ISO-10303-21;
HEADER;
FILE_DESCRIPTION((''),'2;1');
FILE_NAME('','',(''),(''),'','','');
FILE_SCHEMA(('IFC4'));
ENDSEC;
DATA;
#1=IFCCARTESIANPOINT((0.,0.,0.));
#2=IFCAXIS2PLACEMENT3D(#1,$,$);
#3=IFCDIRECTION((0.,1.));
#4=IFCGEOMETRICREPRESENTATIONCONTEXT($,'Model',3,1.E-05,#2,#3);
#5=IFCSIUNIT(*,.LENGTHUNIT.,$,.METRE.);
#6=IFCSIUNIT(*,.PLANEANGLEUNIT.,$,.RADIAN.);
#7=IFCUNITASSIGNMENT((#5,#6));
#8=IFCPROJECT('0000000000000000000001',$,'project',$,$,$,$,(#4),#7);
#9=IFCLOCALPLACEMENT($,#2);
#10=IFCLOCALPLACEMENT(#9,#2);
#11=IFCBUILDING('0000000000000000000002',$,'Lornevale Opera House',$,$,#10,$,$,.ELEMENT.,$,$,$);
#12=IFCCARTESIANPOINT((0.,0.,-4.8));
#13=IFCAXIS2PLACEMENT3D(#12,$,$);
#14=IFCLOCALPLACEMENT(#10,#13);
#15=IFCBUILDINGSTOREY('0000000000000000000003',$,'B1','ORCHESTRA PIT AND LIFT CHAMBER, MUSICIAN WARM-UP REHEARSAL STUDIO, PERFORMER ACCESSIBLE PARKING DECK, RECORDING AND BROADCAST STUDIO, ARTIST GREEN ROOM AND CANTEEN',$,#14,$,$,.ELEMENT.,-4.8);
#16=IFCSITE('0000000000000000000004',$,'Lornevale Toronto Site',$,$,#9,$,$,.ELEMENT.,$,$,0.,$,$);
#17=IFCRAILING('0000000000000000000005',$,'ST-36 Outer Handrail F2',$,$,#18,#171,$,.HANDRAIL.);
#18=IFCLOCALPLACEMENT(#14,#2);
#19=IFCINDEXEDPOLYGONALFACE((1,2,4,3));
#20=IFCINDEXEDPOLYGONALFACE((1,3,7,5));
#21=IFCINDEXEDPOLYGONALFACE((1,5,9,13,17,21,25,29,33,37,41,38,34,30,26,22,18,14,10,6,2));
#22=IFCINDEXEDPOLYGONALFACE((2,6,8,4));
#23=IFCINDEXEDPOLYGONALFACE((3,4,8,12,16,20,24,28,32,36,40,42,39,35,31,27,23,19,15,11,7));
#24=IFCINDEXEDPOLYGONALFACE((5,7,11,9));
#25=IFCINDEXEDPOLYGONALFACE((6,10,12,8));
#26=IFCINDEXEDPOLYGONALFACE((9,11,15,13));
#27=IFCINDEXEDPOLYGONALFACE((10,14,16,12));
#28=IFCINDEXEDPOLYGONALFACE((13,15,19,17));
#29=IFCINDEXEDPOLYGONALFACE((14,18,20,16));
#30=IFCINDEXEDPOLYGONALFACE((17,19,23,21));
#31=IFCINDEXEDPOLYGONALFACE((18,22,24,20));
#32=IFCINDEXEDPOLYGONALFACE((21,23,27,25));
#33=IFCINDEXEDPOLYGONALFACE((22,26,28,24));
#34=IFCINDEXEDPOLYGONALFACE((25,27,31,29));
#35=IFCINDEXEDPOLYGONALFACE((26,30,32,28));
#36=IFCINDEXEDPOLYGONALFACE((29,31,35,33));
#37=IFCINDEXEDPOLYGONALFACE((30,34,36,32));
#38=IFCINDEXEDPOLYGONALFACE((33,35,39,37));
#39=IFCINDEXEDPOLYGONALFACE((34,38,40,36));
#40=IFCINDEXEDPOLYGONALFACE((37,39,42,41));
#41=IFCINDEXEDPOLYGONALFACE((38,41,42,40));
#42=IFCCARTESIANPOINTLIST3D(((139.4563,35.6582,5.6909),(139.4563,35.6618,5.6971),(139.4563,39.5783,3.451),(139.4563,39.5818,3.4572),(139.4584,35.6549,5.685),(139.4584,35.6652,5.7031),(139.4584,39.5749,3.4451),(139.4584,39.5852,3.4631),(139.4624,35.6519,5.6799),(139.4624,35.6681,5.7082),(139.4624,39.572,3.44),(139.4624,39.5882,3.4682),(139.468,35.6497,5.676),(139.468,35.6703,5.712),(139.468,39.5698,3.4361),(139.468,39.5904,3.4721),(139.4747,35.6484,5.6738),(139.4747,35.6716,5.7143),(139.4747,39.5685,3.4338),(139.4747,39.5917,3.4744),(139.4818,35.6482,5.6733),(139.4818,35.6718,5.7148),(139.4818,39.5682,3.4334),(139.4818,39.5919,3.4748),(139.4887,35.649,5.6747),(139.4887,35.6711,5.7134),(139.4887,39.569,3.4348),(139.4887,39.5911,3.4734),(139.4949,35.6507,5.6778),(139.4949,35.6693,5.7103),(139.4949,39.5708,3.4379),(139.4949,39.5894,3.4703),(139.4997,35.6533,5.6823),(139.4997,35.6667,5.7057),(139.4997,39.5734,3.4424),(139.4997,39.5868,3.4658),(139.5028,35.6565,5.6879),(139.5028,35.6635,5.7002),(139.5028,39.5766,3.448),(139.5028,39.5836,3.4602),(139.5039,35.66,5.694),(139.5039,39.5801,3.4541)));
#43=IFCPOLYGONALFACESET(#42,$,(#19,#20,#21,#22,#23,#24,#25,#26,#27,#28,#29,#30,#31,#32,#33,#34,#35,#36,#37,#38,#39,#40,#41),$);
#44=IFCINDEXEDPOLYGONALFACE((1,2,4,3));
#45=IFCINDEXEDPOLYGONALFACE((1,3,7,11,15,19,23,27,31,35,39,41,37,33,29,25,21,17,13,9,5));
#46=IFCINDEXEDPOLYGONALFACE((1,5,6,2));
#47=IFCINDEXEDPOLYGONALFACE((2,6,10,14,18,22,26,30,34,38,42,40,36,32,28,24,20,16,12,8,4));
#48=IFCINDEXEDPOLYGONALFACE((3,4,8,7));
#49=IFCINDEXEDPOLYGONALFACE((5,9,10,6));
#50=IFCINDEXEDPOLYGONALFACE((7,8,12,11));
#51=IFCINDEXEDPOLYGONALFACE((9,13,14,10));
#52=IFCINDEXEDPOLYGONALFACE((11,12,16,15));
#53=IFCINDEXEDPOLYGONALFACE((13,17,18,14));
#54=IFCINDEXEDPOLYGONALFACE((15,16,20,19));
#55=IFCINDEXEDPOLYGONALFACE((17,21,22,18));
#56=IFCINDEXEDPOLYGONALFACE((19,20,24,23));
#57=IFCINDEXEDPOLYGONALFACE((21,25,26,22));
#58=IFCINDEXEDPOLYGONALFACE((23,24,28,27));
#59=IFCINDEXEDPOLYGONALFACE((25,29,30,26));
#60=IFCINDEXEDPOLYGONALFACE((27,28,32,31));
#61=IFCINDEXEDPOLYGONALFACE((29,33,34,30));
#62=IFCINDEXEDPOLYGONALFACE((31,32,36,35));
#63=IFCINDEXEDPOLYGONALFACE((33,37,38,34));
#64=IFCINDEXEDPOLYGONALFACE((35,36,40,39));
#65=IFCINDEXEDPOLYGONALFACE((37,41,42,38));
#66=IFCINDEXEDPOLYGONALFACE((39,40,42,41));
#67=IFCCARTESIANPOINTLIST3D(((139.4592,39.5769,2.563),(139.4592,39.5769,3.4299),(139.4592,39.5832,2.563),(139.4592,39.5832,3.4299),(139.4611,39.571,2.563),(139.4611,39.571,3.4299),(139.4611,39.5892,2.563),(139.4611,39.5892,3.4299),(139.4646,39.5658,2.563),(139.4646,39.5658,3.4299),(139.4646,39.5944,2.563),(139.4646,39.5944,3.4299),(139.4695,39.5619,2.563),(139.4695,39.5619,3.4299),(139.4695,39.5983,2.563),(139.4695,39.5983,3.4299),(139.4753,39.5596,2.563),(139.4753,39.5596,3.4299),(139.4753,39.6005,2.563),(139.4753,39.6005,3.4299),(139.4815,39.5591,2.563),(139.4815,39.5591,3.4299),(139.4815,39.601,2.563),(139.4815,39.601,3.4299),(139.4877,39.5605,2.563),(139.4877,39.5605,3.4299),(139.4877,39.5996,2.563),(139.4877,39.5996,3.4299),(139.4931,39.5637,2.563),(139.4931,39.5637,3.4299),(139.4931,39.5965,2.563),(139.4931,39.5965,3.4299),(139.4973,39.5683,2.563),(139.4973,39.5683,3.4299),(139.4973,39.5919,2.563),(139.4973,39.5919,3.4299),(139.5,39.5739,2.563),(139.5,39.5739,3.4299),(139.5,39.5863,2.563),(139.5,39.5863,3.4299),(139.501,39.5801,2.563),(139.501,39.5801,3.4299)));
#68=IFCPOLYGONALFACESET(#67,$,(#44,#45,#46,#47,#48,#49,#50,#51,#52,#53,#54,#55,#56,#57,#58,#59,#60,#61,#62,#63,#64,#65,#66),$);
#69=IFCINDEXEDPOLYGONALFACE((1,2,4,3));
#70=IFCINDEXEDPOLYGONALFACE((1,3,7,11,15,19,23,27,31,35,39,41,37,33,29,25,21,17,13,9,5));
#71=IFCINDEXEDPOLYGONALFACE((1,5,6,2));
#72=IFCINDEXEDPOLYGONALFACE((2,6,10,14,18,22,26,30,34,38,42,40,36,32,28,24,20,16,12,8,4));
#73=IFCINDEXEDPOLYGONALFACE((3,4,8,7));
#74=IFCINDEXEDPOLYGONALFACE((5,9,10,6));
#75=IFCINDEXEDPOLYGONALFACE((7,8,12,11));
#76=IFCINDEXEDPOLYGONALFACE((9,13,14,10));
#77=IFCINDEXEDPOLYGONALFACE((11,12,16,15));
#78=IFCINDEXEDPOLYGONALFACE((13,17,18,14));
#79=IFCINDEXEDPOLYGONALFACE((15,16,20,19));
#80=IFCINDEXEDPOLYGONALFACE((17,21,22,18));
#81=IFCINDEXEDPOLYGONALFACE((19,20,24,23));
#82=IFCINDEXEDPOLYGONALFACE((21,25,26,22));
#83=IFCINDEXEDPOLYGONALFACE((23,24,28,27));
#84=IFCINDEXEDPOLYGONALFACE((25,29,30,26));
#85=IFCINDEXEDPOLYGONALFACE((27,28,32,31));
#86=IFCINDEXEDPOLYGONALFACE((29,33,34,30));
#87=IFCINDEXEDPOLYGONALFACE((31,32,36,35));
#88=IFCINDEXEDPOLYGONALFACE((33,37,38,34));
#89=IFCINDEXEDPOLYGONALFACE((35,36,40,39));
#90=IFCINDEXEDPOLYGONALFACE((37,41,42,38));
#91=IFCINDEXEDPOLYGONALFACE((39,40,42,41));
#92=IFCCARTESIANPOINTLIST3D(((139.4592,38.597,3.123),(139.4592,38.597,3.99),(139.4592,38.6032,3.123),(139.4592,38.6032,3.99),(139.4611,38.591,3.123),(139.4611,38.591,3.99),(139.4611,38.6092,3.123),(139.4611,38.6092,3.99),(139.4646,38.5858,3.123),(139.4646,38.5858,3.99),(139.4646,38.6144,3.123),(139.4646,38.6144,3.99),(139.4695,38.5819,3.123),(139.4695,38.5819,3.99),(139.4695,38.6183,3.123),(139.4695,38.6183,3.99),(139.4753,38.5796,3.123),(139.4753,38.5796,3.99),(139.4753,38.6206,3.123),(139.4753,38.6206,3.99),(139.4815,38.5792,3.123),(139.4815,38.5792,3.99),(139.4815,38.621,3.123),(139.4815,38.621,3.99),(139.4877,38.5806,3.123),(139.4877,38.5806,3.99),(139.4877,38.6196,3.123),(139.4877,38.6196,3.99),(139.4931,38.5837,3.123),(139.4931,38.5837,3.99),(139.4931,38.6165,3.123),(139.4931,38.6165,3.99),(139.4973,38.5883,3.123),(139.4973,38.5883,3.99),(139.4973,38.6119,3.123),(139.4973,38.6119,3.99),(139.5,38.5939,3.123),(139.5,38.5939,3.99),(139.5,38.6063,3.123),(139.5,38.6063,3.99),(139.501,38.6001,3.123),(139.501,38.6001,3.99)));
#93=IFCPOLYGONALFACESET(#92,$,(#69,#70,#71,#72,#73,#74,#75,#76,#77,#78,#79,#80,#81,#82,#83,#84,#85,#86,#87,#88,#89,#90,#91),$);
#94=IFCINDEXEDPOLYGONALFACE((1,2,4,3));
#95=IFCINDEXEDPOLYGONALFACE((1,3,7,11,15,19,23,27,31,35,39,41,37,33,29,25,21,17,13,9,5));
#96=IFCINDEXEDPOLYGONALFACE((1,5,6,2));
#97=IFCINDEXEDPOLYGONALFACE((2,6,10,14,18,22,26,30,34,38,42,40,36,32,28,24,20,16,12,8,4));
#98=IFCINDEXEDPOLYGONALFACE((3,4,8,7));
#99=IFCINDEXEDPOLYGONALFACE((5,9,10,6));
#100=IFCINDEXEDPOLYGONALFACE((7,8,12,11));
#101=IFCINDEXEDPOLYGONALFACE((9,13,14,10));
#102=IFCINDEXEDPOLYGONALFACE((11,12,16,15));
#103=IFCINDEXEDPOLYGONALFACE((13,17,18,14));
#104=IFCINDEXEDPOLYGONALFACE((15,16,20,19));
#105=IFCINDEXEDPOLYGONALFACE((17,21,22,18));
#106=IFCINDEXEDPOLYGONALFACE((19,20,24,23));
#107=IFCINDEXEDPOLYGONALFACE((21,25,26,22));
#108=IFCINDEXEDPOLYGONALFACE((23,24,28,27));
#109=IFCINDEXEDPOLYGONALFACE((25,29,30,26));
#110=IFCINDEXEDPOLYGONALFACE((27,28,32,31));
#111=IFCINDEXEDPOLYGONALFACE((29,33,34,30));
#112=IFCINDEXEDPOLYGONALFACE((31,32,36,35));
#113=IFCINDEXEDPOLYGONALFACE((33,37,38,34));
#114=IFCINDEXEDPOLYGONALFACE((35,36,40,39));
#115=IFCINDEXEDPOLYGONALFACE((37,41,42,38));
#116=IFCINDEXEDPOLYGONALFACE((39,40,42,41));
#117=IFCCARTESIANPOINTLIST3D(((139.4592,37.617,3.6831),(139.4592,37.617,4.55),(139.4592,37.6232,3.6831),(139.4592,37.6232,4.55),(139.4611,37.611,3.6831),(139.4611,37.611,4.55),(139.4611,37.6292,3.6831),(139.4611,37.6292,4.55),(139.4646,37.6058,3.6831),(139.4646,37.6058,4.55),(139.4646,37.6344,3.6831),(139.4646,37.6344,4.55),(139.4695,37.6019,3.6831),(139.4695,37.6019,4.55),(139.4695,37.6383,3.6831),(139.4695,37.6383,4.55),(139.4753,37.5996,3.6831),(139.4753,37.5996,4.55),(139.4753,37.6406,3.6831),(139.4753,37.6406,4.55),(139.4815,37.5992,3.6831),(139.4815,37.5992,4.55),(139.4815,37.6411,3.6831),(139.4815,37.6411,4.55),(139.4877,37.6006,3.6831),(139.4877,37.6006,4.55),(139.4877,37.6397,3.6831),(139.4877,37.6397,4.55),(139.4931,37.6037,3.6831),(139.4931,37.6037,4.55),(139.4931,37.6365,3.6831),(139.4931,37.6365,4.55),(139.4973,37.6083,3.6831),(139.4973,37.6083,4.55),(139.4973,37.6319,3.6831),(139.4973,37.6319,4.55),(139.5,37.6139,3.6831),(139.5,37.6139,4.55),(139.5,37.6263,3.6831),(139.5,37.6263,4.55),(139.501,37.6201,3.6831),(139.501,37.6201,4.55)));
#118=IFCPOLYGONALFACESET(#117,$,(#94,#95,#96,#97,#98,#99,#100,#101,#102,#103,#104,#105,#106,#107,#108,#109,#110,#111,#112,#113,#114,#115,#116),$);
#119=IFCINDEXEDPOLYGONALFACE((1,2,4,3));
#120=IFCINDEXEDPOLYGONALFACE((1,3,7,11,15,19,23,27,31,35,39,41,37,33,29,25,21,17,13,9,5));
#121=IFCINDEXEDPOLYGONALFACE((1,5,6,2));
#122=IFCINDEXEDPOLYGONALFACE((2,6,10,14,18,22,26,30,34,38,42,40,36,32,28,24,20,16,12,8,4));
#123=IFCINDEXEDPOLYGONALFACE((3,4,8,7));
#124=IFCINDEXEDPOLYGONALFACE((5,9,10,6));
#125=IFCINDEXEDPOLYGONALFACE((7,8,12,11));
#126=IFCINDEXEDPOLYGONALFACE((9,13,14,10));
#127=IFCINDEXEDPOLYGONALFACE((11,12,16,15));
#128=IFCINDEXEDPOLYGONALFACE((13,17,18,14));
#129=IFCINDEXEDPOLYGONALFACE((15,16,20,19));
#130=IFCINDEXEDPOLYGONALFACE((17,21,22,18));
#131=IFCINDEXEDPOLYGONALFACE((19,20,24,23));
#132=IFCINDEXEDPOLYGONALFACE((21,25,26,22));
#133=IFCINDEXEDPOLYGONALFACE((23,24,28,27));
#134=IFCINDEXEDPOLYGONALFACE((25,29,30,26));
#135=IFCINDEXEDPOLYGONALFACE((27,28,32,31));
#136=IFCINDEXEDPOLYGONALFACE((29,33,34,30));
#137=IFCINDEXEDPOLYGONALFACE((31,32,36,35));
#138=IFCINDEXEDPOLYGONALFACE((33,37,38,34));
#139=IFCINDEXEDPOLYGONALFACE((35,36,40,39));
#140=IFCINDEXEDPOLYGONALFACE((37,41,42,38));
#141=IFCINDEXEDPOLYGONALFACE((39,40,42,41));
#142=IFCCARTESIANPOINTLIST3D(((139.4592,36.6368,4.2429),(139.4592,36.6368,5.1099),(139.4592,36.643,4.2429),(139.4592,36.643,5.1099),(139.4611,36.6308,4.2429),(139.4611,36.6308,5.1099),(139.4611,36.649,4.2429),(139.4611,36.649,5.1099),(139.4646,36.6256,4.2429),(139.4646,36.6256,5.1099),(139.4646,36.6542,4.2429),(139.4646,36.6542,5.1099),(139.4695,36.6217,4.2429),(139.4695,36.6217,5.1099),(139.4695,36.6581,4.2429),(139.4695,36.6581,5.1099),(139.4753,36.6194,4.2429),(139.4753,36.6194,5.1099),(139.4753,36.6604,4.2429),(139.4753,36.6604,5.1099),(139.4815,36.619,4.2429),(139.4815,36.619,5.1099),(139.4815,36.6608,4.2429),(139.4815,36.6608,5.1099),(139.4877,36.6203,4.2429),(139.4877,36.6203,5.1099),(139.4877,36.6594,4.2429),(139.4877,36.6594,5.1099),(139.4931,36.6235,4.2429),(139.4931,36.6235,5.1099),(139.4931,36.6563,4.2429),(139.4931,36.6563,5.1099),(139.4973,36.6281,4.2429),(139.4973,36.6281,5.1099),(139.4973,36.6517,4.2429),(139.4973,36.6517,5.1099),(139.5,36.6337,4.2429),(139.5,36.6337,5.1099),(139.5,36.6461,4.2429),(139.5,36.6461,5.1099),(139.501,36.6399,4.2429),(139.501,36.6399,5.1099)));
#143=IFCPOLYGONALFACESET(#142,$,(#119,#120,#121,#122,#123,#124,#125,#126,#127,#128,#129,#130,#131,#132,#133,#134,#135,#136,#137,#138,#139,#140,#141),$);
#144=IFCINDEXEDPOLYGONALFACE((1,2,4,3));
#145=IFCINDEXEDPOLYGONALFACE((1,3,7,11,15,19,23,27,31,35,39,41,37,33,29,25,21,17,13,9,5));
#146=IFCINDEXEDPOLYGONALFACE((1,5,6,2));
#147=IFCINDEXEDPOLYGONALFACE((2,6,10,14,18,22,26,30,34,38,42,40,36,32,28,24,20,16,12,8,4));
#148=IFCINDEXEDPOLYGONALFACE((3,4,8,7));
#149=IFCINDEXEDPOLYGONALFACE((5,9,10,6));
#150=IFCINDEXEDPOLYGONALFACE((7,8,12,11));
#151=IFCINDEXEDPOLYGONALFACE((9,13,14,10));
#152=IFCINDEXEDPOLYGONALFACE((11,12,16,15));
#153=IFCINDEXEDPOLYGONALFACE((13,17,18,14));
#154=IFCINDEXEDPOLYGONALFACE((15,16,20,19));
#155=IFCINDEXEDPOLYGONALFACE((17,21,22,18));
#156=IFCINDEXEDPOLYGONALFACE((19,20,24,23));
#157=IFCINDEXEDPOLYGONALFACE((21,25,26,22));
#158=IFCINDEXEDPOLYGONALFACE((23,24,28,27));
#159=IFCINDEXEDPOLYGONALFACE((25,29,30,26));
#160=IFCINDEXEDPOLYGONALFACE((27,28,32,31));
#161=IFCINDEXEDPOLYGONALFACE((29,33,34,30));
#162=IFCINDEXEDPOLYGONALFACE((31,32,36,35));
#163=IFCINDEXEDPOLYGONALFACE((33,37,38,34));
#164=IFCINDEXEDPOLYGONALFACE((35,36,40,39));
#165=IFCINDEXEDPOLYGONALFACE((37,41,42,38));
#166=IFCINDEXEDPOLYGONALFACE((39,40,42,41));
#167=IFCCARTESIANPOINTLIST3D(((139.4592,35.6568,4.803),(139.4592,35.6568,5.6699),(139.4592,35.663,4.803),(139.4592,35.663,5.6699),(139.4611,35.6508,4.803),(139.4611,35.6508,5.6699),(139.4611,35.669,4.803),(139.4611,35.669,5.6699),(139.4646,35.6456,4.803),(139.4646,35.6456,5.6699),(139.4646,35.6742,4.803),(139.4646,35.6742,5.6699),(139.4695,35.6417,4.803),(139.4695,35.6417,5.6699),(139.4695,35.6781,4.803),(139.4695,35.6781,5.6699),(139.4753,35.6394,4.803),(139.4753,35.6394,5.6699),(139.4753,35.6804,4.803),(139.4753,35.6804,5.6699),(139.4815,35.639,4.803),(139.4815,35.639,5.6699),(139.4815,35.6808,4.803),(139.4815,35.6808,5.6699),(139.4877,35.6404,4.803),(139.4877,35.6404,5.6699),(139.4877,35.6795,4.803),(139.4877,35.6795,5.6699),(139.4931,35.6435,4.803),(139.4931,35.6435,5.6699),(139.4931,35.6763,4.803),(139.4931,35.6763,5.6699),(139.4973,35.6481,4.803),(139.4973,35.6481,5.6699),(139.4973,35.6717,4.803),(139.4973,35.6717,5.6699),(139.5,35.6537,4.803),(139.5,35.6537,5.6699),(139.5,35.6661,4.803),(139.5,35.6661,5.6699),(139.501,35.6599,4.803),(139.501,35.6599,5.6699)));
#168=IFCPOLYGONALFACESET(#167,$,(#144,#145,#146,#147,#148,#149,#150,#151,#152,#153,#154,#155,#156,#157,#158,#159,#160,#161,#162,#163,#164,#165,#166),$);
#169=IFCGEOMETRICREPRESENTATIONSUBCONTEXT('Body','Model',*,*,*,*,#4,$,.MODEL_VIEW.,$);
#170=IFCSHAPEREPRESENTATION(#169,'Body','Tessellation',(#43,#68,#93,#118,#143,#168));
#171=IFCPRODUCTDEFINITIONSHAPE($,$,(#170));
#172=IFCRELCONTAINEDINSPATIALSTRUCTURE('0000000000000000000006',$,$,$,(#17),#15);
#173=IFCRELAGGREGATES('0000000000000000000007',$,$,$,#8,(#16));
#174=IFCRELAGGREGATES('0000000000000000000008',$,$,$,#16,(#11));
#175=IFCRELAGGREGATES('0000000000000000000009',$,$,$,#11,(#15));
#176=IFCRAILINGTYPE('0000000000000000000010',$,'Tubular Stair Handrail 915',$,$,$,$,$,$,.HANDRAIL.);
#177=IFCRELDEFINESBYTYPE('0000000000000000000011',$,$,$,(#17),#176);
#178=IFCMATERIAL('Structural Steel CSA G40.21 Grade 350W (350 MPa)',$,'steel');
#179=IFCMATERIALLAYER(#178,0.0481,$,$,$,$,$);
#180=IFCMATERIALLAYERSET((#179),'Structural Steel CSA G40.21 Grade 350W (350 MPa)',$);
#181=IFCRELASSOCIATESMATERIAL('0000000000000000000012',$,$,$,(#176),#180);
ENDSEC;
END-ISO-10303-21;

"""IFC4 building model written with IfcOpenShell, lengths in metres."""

from ifc_helpers import new_model, si_unit, direction, frame, origin, origin_2d, place, context, subcontext, project, spatial, circle, extrude, material, layer, layer_set, type_object, element, save


model = new_model("IFC4")

# Units and contexts
model_context = context("Model", 3, precision=1e-05, world=origin(), true_north=direction((0.0, 1.0)))
body_context = subcontext(model_context, "Body", "Model", "MODEL_VIEW")
ifc_project = project(units=[si_unit("LENGTHUNIT", "METRE"), si_unit("PLANEANGLEUNIT", "RADIAN")], contexts=[model_context])

# Site, building, storey
site_placement = place(None, origin())
site = spatial("IfcSite", under=ifc_project, at=site_placement, Name="Lornevale Toronto Site", CompositionType="ELEMENT", RefElevation=0.0)
building_placement = place(site_placement, origin())
building = spatial("IfcBuilding", under=site, at=building_placement, Name="Lornevale Opera House", CompositionType="ELEMENT")
storey_placement = place(building_placement, frame((0.0, 0.0, -4.8)))
storey = spatial("IfcBuildingStorey", under=building, at=storey_placement, Name="B1", Description="ORCHESTRA PIT AND LIFT CHAMBER, MUSICIAN WARM-UP REHEARSAL STUDIO, PERFORMER ACCESSIBLE PARKING DECK, RECORDING AND BROADCAST STUDIO, ARTIST GREEN ROOM AND CANTEEN", CompositionType="ELEMENT", Elevation=-4.8)

# Railing
ifc_material_1 = material(Name="Structural Steel CSA G40.21 Grade 350W (350 MPa)", Category="steel")
ifc_layer_1 = layer(ifc_material_1, 0.0481)
ifc_layer_set_1 = layer_set([ifc_layer_1], Name="Structural Steel CSA G40.21 Grade 350W (350 MPa)")
railing_type_1 = type_object("IfcRailingType", Name="Tubular Stair Handrail 915", PredefinedType="HANDRAIL", material=ifc_layer_set_1)
railing_1_placement = place(storey_placement, frame((139.48, 39.5801, 2.563)))
element("IfcRailing", 1, at=railing_1_placement, inside=storey, type_object=railing_type_1, Name="ST-36 Outer Handrail F2", PredefinedType="HANDRAIL", context=body_context, shape_type="SweptSolid", body=[
    extrude(circle(Radius=0.0239, at=origin_2d()), frame((0.0, 0.0, 0.8911), z_axis=(0.0, -0.868253, 0.496121), x_axis=(1.0, 0.0, 0.0)), (0.0, 0.0, 1.0), 4.5149),
    extrude(circle(Radius=0.021, at=origin_2d()), origin(), (0.0, 0.0, 1.0), 0.8669),
    extrude(circle(Radius=0.021, at=origin_2d()), frame((0.0, -0.98, 0.5601)), (0.0, 0.0, 1.0), 0.8669),
    extrude(circle(Radius=0.021, at=origin_2d()), frame((0.0, -1.96, 1.1201)), (0.0, 0.0, 1.0), 0.8669),
    extrude(circle(Radius=0.021, at=origin_2d()), frame((0.0, -2.9402, 1.6799)), (0.0, 0.0, 1.0), 0.8669),
    extrude(circle(Radius=0.021, at=origin_2d()), frame((0.0, -3.9202, 2.24)), (0.0, 0.0, 1.0), 0.8669),
])

save(model, "model.ifc")
